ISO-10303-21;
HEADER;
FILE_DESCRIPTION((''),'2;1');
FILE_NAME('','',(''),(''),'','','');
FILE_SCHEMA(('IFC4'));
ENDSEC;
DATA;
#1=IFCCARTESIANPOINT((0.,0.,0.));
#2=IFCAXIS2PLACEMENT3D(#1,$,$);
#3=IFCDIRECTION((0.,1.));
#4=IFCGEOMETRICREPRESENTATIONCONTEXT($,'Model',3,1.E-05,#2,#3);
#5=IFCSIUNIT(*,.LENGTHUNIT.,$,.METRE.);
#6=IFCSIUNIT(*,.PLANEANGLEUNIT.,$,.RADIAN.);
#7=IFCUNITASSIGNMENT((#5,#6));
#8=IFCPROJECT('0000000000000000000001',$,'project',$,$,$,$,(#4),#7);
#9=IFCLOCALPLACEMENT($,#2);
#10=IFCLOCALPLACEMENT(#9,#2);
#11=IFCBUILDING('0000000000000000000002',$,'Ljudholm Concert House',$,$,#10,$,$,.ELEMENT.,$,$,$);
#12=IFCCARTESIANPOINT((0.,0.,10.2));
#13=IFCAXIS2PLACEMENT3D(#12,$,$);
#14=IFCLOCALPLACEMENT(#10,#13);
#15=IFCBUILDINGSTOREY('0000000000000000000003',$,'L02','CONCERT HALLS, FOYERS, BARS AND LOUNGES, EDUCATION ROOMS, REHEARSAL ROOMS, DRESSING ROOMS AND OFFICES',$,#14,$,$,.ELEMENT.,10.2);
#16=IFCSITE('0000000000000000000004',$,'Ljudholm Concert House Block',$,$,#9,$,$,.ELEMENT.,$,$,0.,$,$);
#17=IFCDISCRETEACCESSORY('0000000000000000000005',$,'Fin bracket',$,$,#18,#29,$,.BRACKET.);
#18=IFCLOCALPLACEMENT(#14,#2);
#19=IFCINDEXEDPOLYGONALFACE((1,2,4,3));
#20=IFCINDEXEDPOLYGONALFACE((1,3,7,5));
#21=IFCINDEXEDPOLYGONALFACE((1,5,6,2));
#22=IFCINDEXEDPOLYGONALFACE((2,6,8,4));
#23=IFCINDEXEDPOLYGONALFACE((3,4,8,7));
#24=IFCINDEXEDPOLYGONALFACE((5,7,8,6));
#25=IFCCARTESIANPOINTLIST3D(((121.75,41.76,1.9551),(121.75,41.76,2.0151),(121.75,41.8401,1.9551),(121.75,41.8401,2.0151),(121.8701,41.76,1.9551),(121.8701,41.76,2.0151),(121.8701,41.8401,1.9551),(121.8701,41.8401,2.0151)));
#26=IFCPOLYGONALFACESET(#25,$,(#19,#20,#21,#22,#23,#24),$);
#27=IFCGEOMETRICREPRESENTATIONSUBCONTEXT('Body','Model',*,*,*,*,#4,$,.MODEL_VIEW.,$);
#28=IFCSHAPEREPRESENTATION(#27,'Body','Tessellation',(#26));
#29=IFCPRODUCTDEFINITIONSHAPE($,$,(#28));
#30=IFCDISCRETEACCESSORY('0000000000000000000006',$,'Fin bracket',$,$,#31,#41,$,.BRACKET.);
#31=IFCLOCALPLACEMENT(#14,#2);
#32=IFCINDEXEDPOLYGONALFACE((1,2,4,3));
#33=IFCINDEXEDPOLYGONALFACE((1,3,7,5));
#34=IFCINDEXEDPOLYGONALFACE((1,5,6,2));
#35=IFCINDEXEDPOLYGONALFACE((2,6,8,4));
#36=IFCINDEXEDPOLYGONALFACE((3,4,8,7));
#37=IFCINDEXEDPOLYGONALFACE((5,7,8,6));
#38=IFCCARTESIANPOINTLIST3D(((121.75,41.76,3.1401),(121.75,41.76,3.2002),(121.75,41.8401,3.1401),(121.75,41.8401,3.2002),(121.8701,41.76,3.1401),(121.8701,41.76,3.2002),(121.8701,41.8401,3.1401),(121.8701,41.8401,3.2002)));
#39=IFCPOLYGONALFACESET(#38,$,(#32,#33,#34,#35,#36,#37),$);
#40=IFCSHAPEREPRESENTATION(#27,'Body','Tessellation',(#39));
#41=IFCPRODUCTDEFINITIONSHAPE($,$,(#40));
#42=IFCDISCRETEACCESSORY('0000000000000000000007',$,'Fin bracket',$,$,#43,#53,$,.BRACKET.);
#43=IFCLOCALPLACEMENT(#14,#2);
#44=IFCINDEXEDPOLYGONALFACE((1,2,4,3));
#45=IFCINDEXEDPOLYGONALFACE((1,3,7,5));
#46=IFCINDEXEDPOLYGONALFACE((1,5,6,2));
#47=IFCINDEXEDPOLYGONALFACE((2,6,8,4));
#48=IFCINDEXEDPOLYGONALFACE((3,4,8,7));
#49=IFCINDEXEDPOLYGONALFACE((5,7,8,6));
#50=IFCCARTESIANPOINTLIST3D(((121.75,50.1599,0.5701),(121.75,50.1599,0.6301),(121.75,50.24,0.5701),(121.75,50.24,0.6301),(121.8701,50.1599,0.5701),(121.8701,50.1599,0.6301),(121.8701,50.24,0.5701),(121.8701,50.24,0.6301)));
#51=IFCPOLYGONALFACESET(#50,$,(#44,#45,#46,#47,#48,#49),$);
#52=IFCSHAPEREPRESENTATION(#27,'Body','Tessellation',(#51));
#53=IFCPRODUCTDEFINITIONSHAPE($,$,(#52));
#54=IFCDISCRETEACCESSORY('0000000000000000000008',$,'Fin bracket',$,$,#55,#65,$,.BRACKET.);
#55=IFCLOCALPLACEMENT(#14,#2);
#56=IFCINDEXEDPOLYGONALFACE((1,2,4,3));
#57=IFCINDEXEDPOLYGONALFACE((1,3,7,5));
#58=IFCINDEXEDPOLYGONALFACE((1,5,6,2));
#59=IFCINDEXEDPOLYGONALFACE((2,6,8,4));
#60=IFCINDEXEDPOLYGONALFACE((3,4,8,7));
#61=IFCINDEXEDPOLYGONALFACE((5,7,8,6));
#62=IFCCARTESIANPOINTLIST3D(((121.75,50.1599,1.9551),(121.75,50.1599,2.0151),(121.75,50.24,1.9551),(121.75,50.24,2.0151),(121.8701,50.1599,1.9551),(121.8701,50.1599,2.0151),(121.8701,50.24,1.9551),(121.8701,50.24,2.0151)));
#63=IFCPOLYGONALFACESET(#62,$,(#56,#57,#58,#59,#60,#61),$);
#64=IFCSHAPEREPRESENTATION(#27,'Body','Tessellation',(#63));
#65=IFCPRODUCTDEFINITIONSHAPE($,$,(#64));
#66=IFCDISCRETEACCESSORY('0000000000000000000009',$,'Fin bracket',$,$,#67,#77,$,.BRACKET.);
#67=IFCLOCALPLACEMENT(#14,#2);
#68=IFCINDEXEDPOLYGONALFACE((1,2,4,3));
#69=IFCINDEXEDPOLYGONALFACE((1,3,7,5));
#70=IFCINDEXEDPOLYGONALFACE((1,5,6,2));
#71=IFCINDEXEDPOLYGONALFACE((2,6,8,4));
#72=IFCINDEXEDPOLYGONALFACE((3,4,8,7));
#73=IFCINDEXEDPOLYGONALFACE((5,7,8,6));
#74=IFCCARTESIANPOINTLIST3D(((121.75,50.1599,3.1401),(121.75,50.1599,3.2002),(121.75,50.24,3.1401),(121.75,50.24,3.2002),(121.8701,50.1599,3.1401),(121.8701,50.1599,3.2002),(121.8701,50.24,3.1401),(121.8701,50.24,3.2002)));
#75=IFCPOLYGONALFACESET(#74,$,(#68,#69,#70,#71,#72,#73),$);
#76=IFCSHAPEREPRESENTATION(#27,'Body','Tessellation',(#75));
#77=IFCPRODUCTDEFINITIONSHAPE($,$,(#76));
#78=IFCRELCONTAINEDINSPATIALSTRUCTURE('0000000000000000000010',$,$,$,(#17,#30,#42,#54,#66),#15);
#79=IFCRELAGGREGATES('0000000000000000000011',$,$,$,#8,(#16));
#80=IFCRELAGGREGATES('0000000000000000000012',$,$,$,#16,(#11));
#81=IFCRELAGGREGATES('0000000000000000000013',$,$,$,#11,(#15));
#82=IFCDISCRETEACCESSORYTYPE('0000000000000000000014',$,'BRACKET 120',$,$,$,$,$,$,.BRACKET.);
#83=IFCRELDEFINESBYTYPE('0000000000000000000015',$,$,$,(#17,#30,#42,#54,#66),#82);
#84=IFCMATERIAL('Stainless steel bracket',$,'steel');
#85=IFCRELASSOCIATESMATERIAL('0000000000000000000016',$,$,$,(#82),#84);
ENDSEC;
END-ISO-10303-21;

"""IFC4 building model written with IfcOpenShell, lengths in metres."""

from ifc_helpers import new_model, si_unit, direction, frame, origin, origin_2d, place, context, subcontext, project, spatial, rectangle, extrude, material, type_object, element, save


model = new_model("IFC4")

# Units and contexts
model_context = context("Model", 3, precision=1e-05, world=origin(), true_north=direction((0.0, 1.0)))
body_context = subcontext(model_context, "Body", "Model", "MODEL_VIEW")
ifc_project = project(units=[si_unit("LENGTHUNIT", "METRE"), si_unit("PLANEANGLEUNIT", "RADIAN")], contexts=[model_context])

# Site, building, storey
site_placement = place(None, origin())
site = spatial("IfcSite", under=ifc_project, at=site_placement, Name="Ljudholm Concert House Block", CompositionType="ELEMENT", RefElevation=0.0)
building_placement = place(site_placement, origin())
building = spatial("IfcBuilding", under=site, at=building_placement, Name="Ljudholm Concert House", CompositionType="ELEMENT")
storey_placement = place(building_placement, frame((0.0, 0.0, 10.2)))
storey = spatial("IfcBuildingStorey", under=building, at=storey_placement, Name="L02", Description="CONCERT HALLS, FOYERS, BARS AND LOUNGES, EDUCATION ROOMS, REHEARSAL ROOMS, DRESSING ROOMS AND OFFICES", CompositionType="ELEMENT", Elevation=10.2)

# Discrete accessories
ifc_material_1 = material(Name="Stainless steel bracket", Category="steel")
discrete_accessory_type = type_object("IfcDiscreteAccessoryType", Name="BRACKET 120", PredefinedType="BRACKET", material=ifc_material_1)
for number, where, z_axis, x_axis, name in (
    (1, (121.8101, 41.8, 1.9551), (0.0, 0.0, 1.0), (1.0, 0.0, 0.0), "Fin bracket"),
    (2, (121.8101, 41.8, 3.1401), (0.0, 0.0, 1.0), (1.0, 0.0, 0.0), "Fin bracket"),
    (3, (121.8101, 50.2, 0.5701), (0.0, 0.0, 1.0), (1.0, 0.0, 0.0), "Fin bracket"),
    (4, (121.8101, 50.2, 1.9551), (0.0, 0.0, 1.0), (1.0, 0.0, 0.0), "Fin bracket"),
    (5, (121.8101, 50.2, 3.1401), (0.0, 0.0, 1.0), (1.0, 0.0, 0.0), "Fin bracket"),
):
    element("IfcDiscreteAccessory", number, at=place(storey_placement, frame(where, z_axis=z_axis, x_axis=x_axis)), inside=storey, type_object=discrete_accessory_type, Name=name, PredefinedType="BRACKET", context=body_context, shape_type="SweptSolid", body=[
        extrude(rectangle(XDim=0.1201, YDim=0.0801, at=origin_2d()), origin(), (0.0, 0.0, 1.0), 0.0601),
    ])

save(model, "model.ifc")
